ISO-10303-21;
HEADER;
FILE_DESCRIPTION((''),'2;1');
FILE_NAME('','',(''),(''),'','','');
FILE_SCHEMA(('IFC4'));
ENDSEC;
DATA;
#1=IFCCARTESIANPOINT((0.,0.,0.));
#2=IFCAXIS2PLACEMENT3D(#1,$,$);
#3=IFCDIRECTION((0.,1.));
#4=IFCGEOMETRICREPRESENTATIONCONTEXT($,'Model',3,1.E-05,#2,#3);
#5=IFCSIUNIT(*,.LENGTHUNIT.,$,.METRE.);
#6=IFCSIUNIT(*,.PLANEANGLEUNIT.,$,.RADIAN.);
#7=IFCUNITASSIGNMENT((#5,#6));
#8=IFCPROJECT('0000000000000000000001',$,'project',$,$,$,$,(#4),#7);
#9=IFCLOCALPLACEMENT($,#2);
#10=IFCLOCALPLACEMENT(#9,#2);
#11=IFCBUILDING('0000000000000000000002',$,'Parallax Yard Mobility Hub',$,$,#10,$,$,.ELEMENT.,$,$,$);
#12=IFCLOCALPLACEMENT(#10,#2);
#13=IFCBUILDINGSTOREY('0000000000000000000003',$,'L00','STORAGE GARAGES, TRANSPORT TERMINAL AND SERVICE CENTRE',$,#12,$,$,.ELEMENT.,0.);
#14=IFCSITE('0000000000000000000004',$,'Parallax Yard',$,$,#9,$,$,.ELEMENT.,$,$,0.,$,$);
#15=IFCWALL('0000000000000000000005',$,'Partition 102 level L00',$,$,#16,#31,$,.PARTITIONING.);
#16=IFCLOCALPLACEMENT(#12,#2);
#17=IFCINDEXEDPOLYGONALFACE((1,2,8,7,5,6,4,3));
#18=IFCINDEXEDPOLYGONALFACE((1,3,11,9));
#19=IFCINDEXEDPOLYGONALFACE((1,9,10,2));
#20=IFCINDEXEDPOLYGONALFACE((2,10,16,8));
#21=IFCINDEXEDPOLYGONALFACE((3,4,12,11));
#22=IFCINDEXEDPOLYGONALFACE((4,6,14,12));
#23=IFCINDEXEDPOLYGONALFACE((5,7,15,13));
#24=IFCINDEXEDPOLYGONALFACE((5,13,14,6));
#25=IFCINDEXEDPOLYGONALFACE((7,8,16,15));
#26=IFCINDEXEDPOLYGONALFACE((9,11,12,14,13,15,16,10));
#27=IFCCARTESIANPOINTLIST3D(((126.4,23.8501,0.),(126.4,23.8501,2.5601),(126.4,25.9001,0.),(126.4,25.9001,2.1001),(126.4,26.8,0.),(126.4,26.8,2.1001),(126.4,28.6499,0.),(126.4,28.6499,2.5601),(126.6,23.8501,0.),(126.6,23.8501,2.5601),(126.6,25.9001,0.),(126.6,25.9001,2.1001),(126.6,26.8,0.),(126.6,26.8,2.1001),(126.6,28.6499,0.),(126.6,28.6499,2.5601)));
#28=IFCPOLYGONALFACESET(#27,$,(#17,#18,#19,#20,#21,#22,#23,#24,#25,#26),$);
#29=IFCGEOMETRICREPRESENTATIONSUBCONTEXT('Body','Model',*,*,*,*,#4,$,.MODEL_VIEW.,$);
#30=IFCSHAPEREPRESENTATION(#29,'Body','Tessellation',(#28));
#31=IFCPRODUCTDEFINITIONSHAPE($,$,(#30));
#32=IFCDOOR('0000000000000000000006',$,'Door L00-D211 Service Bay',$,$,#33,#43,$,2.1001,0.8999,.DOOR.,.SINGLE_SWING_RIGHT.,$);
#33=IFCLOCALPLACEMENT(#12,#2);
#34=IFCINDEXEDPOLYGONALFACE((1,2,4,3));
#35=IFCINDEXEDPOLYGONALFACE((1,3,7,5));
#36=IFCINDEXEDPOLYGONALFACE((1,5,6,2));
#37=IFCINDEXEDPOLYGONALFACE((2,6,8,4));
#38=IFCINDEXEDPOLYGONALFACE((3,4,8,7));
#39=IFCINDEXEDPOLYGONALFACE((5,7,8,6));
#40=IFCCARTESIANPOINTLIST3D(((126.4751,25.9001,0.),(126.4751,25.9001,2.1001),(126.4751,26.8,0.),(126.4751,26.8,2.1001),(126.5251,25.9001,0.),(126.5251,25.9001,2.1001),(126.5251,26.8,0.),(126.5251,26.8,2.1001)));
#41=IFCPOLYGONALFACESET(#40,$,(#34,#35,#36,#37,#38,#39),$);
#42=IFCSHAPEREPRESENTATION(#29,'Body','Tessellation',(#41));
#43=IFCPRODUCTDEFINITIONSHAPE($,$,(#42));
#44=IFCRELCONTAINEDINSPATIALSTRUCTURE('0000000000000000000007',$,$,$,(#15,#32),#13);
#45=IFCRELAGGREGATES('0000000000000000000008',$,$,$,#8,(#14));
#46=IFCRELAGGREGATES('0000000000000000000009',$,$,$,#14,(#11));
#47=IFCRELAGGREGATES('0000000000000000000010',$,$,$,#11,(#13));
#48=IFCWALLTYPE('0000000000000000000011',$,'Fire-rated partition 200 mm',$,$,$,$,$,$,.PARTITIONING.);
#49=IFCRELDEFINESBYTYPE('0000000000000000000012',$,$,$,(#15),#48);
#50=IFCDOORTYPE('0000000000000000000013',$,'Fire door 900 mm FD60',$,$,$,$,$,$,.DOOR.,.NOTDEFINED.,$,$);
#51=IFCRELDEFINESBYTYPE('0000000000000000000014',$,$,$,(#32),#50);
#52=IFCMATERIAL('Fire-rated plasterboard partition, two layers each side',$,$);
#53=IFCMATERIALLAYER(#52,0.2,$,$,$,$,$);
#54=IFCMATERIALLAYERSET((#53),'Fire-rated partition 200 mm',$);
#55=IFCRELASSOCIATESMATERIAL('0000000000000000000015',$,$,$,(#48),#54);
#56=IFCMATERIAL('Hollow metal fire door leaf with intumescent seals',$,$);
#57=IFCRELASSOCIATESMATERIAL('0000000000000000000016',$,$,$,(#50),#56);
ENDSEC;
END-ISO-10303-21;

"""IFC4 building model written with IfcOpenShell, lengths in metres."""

from ifc_helpers import new_model, si_unit, direction, frame, frame_2d, origin, place, context, subcontext, project, spatial, rectangle, extrude, material, layer, layer_set, type_object, element, fill, save


model = new_model("IFC4")

# Units and contexts
model_context = context("Model", 3, precision=1e-05, world=origin(), true_north=direction((0.0, 1.0)))
body_context = subcontext(model_context, "Body", "Model", "MODEL_VIEW")
ifc_project = project(units=[si_unit("LENGTHUNIT", "METRE"), si_unit("PLANEANGLEUNIT", "RADIAN")], contexts=[model_context])

# Site, building, storey
site_placement = place(None, origin())
site = spatial("IfcSite", under=ifc_project, at=site_placement, Name="Parallax Yard", CompositionType="ELEMENT", RefElevation=0.0)
building_placement = place(site_placement, origin())
building = spatial("IfcBuilding", under=site, at=building_placement, Name="Parallax Yard Mobility Hub", CompositionType="ELEMENT")
storey_placement = place(building_placement, origin())
storey = spatial("IfcBuildingStorey", under=building, at=storey_placement, Name="L00", Description="STORAGE GARAGES, TRANSPORT TERMINAL AND SERVICE CENTRE", CompositionType="ELEMENT", Elevation=0.0)

# Shared definitions
ifc_material_1 = material(Name="Fire-rated plasterboard partition, two layers each side")
ifc_layer = layer(ifc_material_1, 0.2)
ifc_layer_set = layer_set([ifc_layer], Name="Fire-rated partition 200 mm")
wall_type = type_object("IfcWallType", Name="Fire-rated partition 200 mm", PredefinedType="PARTITIONING", material=ifc_layer_set)

# Wall, opening, door
wall_placement = place(storey_placement, frame((126.5, 23.8501, 0.0), z_axis=(0.0, 0.0, 1.0), x_axis=(0.0, 1.0, 0.0)))
wall = element("IfcWall", 1, at=wall_placement, inside=storey, type_object=wall_type, Name="Partition 102 level L00", PredefinedType="PARTITIONING", context=body_context, shape_type="SweptSolid", body=[
    extrude(rectangle(XDim=4.7998, YDim=0.2, at=frame_2d((2.3999, 0.0))), origin(), (0.0, 0.0, 1.0), 2.5601),
])
opening_placement = place(wall_placement, frame((2.05, 0.0, 0.0)))
opening = element("IfcOpeningElement", 2, at=opening_placement, cuts=wall, PredefinedType="OPENING", context=body_context, shape_type="SweptSolid", body=[
    extrude(rectangle(XDim=0.8999, YDim=2.1001, at=frame_2d((0.45, 1.05))), frame((0.0, 0.1099, 0.0), z_axis=(0.0, -1.0, 0.0), x_axis=(1.0, 0.0, 0.0)), (0.0, 0.0, 1.0), 0.22),
])
ifc_material_2 = material(Name="Hollow metal fire door leaf with intumescent seals")
door_type = type_object("IfcDoorType", Name="Fire door 900 mm FD60", OperationType="NOTDEFINED", PredefinedType="DOOR", material=ifc_material_2)
door_placement = place(opening_placement, origin())
door = element("IfcDoor", 3, at=door_placement, inside=storey, type_object=door_type, Name="Door L00-D211 Service Bay", OperationType="SINGLE_SWING_RIGHT", OverallHeight=2.1001, OverallWidth=0.8999, PredefinedType="DOOR", context=body_context, shape_type="SweptSolid", body=[
    extrude(rectangle(XDim=0.8999, YDim=2.1001, at=frame_2d((0.45, 1.05))), frame((0.0, 0.0249, 0.0), z_axis=(0.0, -1.0, 0.0), x_axis=(1.0, 0.0, 0.0)), (0.0, 0.0, 1.0), 0.05),
])
fill(opening, door)

save(model, "model.ifc")
